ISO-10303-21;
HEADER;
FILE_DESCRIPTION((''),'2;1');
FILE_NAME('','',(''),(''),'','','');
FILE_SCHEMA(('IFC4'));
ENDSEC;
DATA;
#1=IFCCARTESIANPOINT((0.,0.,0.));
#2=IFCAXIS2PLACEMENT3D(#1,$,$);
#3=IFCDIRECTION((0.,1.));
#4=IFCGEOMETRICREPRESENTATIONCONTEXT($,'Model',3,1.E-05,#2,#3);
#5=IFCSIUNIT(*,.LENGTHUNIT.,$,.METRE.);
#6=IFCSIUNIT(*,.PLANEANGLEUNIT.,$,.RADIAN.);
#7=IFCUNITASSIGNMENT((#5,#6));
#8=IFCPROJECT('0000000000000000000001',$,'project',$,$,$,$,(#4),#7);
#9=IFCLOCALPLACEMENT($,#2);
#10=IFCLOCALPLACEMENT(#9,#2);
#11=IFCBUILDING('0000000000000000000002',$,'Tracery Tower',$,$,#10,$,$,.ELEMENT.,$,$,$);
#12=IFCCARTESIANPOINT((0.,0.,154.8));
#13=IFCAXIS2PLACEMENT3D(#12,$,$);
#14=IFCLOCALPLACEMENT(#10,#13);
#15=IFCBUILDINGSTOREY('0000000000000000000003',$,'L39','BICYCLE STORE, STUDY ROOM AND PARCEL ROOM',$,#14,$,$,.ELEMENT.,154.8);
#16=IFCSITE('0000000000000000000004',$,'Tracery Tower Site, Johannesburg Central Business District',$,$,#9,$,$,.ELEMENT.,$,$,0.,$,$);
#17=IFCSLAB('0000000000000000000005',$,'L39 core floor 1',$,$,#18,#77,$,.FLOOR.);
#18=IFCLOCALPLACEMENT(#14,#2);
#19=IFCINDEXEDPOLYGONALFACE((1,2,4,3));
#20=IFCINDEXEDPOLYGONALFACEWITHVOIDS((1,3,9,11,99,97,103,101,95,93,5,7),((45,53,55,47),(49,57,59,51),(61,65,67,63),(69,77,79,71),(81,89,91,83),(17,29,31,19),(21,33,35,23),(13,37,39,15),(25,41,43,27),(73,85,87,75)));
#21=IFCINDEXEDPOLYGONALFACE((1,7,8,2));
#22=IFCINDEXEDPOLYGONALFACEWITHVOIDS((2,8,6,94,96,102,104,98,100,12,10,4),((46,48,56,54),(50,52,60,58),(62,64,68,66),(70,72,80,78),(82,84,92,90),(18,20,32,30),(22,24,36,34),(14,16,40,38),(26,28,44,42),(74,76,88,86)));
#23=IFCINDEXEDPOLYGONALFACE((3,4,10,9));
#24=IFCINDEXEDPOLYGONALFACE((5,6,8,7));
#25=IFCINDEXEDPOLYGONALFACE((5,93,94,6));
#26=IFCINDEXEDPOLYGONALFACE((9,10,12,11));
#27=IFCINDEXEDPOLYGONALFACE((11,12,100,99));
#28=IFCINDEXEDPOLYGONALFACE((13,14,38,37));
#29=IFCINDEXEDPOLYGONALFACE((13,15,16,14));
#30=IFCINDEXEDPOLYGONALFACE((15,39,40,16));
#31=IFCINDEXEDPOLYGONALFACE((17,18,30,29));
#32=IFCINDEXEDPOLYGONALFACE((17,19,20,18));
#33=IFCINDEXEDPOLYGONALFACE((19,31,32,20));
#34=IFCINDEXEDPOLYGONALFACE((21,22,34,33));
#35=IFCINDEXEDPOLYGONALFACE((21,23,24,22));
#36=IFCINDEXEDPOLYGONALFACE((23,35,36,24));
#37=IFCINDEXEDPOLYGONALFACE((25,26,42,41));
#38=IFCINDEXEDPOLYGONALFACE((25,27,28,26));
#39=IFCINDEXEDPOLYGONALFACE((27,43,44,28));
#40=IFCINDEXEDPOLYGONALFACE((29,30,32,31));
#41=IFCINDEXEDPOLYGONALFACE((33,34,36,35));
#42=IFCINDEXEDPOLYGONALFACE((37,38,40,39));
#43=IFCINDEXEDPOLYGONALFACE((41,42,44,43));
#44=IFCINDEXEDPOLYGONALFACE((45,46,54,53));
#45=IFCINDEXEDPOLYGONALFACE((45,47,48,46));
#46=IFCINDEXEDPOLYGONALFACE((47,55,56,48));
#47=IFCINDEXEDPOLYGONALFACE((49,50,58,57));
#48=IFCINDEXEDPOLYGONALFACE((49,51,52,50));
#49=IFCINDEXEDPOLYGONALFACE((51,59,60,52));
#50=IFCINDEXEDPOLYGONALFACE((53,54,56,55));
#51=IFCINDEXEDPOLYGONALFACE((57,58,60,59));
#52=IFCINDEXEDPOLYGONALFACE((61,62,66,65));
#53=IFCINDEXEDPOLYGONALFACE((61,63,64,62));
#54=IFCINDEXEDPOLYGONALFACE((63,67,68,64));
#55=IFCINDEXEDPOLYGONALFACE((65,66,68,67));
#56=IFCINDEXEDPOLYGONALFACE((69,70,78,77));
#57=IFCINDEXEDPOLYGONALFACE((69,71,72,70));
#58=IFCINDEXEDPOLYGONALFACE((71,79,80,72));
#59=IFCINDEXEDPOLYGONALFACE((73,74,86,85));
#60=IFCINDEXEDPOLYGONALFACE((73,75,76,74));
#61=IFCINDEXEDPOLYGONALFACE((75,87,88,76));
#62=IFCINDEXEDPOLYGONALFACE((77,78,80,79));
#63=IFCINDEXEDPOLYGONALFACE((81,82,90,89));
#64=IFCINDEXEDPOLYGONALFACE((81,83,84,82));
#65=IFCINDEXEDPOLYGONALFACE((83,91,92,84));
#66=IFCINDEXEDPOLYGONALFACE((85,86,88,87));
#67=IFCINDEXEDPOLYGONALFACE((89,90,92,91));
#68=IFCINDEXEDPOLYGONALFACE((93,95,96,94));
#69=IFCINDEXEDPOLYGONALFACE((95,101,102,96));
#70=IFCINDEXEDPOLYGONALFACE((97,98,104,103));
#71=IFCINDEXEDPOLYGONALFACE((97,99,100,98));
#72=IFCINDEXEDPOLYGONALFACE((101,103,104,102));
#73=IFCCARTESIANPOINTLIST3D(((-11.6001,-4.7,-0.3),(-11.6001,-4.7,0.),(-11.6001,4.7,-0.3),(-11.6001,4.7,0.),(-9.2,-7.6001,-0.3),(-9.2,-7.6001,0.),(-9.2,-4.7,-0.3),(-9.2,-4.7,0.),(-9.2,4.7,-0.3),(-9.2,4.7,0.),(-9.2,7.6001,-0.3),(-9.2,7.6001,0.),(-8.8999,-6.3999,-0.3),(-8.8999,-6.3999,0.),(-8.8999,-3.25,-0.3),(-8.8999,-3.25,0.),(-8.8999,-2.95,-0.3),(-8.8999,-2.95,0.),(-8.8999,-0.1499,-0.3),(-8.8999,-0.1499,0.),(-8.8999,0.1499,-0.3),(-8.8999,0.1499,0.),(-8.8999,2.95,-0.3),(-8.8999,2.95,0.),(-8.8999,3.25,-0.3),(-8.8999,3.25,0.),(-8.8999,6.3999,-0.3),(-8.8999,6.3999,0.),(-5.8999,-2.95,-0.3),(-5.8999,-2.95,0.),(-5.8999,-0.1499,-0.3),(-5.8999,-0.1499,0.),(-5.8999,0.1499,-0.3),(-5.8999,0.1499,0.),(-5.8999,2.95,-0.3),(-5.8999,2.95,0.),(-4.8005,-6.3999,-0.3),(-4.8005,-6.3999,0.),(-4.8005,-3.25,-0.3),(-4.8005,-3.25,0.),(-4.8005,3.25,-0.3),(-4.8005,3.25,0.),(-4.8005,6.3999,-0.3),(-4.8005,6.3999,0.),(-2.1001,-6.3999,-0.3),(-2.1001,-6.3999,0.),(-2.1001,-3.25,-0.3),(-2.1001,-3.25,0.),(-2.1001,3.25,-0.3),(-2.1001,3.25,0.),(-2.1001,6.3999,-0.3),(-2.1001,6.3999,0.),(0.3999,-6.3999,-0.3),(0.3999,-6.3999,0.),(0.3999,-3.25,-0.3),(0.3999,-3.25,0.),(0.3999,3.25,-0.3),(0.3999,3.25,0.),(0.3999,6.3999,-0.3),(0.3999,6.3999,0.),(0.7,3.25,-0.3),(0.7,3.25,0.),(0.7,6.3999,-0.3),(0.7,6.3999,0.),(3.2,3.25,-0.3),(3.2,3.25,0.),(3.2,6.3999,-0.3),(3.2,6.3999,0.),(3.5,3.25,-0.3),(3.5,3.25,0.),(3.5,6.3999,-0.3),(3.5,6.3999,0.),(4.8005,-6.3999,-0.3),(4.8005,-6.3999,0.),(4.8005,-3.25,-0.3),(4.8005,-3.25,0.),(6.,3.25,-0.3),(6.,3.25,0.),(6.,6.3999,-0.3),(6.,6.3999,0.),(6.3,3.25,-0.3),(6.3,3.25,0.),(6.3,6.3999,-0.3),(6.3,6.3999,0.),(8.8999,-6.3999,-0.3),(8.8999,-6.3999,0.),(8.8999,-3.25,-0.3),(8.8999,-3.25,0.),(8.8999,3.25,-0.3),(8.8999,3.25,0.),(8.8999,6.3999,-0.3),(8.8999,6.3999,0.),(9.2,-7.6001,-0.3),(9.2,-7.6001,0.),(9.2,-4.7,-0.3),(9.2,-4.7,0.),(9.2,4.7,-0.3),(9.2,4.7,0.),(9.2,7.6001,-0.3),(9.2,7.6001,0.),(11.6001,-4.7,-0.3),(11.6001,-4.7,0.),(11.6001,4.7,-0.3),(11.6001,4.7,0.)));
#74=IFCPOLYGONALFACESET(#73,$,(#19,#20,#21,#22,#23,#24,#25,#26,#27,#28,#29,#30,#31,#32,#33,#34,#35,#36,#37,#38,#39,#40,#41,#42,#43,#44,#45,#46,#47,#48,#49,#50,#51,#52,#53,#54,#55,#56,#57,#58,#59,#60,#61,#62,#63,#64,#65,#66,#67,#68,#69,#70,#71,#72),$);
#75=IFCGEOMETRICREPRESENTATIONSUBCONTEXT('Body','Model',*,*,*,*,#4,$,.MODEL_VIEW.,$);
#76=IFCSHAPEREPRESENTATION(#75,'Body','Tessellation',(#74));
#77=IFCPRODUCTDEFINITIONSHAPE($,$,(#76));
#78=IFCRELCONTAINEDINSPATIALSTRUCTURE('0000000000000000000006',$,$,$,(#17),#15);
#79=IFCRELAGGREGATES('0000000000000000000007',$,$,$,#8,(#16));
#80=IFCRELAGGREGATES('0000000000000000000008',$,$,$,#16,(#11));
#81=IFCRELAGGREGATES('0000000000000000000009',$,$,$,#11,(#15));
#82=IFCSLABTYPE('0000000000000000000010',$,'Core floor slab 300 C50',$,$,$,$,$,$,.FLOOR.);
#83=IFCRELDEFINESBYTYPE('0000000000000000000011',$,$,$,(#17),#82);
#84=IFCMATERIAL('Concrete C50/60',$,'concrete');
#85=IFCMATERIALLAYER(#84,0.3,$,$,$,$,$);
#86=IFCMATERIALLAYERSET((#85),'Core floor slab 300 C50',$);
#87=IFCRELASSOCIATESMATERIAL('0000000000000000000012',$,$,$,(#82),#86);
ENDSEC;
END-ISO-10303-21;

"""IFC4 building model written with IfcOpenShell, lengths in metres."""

from ifc_helpers import new_model, si_unit, direction, frame, origin, place, context, subcontext, project, spatial, polyline, outline, extrude, material, layer, layer_set, type_object, element, save


model = new_model("IFC4")

# Units and contexts
model_context = context("Model", 3, precision=1e-05, world=origin(), true_north=direction((0.0, 1.0)))
body_context = subcontext(model_context, "Body", "Model", "MODEL_VIEW")
ifc_project = project(units=[si_unit("LENGTHUNIT", "METRE"), si_unit("PLANEANGLEUNIT", "RADIAN")], contexts=[model_context])

# Site, building, storey
site_placement = place(None, origin())
site = spatial("IfcSite", under=ifc_project, at=site_placement, Name="Tracery Tower Site, Johannesburg Central Business District", CompositionType="ELEMENT", RefElevation=0.0)
building_placement = place(site_placement, origin())
building = spatial("IfcBuilding", under=site, at=building_placement, Name="Tracery Tower", CompositionType="ELEMENT")
storey_placement = place(building_placement, frame((0.0, 0.0, 154.8)))
storey = spatial("IfcBuildingStorey", under=building, at=storey_placement, Name="L39", Description="BICYCLE STORE, STUDY ROOM AND PARCEL ROOM", CompositionType="ELEMENT", Elevation=154.8)

# Slab
ifc_material_1 = material(Name="Concrete C50/60", Category="concrete")
ifc_layer_1 = layer(ifc_material_1, 0.3)
ifc_layer_set_1 = layer_set([ifc_layer_1], Name="Core floor slab 300 C50")
slab_type_1 = type_object("IfcSlabType", Name="Core floor slab 300 C50", PredefinedType="FLOOR", material=ifc_layer_set_1)
slab_1_placement = place(storey_placement, frame((0.0, 0.0, -0.3)))
element("IfcSlab", 1, at=slab_1_placement, inside=storey, type_object=slab_type_1, Name="L39 core floor 1", PredefinedType="FLOOR", context=body_context, shape_type="SweptSolid", body=[
    extrude(outline(polyline([(-9.2, 7.6001), (9.2, 7.6001), (9.2, 4.7), (11.6001, 4.7), (11.6001, -4.7), (9.2, -4.7), (9.2, -7.6001), (-9.2, -7.6001), (-9.2, -4.7), (-11.6001, -4.7), (-11.6001, 4.7), (-9.2, 4.7), (-9.2, 7.6001)]), holes=[polyline([(4.8005, -6.3999), (8.8999, -6.3999), (8.8999, -3.25), (4.8005, -3.25), (4.8005, -6.3999)]), polyline([(8.8999, 3.25), (8.8999, 6.3999), (6.3, 6.3999), (6.3, 3.25), (8.8999, 3.25)]), polyline([(6.0, 3.25), (6.0, 6.3999), (3.5, 6.3999), (3.5, 3.25), (6.0, 3.25)]), polyline([(3.2, 3.25), (3.2, 6.3999), (0.7, 6.3999), (0.7, 3.25), (3.2, 3.25)]), polyline([(-2.1001, 3.25), (0.3999, 3.25), (0.3999, 6.3999), (-2.1001, 6.3999), (-2.1001, 3.25)]), polyline([(0.3999, -6.3999), (0.3999, -3.25), (-2.1001, -3.25), (-2.1001, -6.3999), (0.3999, -6.3999)]), polyline([(-4.8005, -3.25), (-8.8999, -3.25), (-8.8999, -6.3999), (-4.8005, -6.3999), (-4.8005, -3.25)]), polyline([(-4.8005, 6.3999), (-8.8999, 6.3999), (-8.8999, 3.25), (-4.8005, 3.25), (-4.8005, 6.3999)]), polyline([(-5.8999, -2.95), (-5.8999, -0.1499), (-8.8999, -0.1499), (-8.8999, -2.95), (-5.8999, -2.95)]), polyline([(-5.8999, 0.1499), (-5.8999, 2.95), (-8.8999, 2.95), (-8.8999, 0.1499), (-5.8999, 0.1499)])]), origin(), (0.0, 0.0, 1.0), 0.3),
])

save(model, "model.ifc")
